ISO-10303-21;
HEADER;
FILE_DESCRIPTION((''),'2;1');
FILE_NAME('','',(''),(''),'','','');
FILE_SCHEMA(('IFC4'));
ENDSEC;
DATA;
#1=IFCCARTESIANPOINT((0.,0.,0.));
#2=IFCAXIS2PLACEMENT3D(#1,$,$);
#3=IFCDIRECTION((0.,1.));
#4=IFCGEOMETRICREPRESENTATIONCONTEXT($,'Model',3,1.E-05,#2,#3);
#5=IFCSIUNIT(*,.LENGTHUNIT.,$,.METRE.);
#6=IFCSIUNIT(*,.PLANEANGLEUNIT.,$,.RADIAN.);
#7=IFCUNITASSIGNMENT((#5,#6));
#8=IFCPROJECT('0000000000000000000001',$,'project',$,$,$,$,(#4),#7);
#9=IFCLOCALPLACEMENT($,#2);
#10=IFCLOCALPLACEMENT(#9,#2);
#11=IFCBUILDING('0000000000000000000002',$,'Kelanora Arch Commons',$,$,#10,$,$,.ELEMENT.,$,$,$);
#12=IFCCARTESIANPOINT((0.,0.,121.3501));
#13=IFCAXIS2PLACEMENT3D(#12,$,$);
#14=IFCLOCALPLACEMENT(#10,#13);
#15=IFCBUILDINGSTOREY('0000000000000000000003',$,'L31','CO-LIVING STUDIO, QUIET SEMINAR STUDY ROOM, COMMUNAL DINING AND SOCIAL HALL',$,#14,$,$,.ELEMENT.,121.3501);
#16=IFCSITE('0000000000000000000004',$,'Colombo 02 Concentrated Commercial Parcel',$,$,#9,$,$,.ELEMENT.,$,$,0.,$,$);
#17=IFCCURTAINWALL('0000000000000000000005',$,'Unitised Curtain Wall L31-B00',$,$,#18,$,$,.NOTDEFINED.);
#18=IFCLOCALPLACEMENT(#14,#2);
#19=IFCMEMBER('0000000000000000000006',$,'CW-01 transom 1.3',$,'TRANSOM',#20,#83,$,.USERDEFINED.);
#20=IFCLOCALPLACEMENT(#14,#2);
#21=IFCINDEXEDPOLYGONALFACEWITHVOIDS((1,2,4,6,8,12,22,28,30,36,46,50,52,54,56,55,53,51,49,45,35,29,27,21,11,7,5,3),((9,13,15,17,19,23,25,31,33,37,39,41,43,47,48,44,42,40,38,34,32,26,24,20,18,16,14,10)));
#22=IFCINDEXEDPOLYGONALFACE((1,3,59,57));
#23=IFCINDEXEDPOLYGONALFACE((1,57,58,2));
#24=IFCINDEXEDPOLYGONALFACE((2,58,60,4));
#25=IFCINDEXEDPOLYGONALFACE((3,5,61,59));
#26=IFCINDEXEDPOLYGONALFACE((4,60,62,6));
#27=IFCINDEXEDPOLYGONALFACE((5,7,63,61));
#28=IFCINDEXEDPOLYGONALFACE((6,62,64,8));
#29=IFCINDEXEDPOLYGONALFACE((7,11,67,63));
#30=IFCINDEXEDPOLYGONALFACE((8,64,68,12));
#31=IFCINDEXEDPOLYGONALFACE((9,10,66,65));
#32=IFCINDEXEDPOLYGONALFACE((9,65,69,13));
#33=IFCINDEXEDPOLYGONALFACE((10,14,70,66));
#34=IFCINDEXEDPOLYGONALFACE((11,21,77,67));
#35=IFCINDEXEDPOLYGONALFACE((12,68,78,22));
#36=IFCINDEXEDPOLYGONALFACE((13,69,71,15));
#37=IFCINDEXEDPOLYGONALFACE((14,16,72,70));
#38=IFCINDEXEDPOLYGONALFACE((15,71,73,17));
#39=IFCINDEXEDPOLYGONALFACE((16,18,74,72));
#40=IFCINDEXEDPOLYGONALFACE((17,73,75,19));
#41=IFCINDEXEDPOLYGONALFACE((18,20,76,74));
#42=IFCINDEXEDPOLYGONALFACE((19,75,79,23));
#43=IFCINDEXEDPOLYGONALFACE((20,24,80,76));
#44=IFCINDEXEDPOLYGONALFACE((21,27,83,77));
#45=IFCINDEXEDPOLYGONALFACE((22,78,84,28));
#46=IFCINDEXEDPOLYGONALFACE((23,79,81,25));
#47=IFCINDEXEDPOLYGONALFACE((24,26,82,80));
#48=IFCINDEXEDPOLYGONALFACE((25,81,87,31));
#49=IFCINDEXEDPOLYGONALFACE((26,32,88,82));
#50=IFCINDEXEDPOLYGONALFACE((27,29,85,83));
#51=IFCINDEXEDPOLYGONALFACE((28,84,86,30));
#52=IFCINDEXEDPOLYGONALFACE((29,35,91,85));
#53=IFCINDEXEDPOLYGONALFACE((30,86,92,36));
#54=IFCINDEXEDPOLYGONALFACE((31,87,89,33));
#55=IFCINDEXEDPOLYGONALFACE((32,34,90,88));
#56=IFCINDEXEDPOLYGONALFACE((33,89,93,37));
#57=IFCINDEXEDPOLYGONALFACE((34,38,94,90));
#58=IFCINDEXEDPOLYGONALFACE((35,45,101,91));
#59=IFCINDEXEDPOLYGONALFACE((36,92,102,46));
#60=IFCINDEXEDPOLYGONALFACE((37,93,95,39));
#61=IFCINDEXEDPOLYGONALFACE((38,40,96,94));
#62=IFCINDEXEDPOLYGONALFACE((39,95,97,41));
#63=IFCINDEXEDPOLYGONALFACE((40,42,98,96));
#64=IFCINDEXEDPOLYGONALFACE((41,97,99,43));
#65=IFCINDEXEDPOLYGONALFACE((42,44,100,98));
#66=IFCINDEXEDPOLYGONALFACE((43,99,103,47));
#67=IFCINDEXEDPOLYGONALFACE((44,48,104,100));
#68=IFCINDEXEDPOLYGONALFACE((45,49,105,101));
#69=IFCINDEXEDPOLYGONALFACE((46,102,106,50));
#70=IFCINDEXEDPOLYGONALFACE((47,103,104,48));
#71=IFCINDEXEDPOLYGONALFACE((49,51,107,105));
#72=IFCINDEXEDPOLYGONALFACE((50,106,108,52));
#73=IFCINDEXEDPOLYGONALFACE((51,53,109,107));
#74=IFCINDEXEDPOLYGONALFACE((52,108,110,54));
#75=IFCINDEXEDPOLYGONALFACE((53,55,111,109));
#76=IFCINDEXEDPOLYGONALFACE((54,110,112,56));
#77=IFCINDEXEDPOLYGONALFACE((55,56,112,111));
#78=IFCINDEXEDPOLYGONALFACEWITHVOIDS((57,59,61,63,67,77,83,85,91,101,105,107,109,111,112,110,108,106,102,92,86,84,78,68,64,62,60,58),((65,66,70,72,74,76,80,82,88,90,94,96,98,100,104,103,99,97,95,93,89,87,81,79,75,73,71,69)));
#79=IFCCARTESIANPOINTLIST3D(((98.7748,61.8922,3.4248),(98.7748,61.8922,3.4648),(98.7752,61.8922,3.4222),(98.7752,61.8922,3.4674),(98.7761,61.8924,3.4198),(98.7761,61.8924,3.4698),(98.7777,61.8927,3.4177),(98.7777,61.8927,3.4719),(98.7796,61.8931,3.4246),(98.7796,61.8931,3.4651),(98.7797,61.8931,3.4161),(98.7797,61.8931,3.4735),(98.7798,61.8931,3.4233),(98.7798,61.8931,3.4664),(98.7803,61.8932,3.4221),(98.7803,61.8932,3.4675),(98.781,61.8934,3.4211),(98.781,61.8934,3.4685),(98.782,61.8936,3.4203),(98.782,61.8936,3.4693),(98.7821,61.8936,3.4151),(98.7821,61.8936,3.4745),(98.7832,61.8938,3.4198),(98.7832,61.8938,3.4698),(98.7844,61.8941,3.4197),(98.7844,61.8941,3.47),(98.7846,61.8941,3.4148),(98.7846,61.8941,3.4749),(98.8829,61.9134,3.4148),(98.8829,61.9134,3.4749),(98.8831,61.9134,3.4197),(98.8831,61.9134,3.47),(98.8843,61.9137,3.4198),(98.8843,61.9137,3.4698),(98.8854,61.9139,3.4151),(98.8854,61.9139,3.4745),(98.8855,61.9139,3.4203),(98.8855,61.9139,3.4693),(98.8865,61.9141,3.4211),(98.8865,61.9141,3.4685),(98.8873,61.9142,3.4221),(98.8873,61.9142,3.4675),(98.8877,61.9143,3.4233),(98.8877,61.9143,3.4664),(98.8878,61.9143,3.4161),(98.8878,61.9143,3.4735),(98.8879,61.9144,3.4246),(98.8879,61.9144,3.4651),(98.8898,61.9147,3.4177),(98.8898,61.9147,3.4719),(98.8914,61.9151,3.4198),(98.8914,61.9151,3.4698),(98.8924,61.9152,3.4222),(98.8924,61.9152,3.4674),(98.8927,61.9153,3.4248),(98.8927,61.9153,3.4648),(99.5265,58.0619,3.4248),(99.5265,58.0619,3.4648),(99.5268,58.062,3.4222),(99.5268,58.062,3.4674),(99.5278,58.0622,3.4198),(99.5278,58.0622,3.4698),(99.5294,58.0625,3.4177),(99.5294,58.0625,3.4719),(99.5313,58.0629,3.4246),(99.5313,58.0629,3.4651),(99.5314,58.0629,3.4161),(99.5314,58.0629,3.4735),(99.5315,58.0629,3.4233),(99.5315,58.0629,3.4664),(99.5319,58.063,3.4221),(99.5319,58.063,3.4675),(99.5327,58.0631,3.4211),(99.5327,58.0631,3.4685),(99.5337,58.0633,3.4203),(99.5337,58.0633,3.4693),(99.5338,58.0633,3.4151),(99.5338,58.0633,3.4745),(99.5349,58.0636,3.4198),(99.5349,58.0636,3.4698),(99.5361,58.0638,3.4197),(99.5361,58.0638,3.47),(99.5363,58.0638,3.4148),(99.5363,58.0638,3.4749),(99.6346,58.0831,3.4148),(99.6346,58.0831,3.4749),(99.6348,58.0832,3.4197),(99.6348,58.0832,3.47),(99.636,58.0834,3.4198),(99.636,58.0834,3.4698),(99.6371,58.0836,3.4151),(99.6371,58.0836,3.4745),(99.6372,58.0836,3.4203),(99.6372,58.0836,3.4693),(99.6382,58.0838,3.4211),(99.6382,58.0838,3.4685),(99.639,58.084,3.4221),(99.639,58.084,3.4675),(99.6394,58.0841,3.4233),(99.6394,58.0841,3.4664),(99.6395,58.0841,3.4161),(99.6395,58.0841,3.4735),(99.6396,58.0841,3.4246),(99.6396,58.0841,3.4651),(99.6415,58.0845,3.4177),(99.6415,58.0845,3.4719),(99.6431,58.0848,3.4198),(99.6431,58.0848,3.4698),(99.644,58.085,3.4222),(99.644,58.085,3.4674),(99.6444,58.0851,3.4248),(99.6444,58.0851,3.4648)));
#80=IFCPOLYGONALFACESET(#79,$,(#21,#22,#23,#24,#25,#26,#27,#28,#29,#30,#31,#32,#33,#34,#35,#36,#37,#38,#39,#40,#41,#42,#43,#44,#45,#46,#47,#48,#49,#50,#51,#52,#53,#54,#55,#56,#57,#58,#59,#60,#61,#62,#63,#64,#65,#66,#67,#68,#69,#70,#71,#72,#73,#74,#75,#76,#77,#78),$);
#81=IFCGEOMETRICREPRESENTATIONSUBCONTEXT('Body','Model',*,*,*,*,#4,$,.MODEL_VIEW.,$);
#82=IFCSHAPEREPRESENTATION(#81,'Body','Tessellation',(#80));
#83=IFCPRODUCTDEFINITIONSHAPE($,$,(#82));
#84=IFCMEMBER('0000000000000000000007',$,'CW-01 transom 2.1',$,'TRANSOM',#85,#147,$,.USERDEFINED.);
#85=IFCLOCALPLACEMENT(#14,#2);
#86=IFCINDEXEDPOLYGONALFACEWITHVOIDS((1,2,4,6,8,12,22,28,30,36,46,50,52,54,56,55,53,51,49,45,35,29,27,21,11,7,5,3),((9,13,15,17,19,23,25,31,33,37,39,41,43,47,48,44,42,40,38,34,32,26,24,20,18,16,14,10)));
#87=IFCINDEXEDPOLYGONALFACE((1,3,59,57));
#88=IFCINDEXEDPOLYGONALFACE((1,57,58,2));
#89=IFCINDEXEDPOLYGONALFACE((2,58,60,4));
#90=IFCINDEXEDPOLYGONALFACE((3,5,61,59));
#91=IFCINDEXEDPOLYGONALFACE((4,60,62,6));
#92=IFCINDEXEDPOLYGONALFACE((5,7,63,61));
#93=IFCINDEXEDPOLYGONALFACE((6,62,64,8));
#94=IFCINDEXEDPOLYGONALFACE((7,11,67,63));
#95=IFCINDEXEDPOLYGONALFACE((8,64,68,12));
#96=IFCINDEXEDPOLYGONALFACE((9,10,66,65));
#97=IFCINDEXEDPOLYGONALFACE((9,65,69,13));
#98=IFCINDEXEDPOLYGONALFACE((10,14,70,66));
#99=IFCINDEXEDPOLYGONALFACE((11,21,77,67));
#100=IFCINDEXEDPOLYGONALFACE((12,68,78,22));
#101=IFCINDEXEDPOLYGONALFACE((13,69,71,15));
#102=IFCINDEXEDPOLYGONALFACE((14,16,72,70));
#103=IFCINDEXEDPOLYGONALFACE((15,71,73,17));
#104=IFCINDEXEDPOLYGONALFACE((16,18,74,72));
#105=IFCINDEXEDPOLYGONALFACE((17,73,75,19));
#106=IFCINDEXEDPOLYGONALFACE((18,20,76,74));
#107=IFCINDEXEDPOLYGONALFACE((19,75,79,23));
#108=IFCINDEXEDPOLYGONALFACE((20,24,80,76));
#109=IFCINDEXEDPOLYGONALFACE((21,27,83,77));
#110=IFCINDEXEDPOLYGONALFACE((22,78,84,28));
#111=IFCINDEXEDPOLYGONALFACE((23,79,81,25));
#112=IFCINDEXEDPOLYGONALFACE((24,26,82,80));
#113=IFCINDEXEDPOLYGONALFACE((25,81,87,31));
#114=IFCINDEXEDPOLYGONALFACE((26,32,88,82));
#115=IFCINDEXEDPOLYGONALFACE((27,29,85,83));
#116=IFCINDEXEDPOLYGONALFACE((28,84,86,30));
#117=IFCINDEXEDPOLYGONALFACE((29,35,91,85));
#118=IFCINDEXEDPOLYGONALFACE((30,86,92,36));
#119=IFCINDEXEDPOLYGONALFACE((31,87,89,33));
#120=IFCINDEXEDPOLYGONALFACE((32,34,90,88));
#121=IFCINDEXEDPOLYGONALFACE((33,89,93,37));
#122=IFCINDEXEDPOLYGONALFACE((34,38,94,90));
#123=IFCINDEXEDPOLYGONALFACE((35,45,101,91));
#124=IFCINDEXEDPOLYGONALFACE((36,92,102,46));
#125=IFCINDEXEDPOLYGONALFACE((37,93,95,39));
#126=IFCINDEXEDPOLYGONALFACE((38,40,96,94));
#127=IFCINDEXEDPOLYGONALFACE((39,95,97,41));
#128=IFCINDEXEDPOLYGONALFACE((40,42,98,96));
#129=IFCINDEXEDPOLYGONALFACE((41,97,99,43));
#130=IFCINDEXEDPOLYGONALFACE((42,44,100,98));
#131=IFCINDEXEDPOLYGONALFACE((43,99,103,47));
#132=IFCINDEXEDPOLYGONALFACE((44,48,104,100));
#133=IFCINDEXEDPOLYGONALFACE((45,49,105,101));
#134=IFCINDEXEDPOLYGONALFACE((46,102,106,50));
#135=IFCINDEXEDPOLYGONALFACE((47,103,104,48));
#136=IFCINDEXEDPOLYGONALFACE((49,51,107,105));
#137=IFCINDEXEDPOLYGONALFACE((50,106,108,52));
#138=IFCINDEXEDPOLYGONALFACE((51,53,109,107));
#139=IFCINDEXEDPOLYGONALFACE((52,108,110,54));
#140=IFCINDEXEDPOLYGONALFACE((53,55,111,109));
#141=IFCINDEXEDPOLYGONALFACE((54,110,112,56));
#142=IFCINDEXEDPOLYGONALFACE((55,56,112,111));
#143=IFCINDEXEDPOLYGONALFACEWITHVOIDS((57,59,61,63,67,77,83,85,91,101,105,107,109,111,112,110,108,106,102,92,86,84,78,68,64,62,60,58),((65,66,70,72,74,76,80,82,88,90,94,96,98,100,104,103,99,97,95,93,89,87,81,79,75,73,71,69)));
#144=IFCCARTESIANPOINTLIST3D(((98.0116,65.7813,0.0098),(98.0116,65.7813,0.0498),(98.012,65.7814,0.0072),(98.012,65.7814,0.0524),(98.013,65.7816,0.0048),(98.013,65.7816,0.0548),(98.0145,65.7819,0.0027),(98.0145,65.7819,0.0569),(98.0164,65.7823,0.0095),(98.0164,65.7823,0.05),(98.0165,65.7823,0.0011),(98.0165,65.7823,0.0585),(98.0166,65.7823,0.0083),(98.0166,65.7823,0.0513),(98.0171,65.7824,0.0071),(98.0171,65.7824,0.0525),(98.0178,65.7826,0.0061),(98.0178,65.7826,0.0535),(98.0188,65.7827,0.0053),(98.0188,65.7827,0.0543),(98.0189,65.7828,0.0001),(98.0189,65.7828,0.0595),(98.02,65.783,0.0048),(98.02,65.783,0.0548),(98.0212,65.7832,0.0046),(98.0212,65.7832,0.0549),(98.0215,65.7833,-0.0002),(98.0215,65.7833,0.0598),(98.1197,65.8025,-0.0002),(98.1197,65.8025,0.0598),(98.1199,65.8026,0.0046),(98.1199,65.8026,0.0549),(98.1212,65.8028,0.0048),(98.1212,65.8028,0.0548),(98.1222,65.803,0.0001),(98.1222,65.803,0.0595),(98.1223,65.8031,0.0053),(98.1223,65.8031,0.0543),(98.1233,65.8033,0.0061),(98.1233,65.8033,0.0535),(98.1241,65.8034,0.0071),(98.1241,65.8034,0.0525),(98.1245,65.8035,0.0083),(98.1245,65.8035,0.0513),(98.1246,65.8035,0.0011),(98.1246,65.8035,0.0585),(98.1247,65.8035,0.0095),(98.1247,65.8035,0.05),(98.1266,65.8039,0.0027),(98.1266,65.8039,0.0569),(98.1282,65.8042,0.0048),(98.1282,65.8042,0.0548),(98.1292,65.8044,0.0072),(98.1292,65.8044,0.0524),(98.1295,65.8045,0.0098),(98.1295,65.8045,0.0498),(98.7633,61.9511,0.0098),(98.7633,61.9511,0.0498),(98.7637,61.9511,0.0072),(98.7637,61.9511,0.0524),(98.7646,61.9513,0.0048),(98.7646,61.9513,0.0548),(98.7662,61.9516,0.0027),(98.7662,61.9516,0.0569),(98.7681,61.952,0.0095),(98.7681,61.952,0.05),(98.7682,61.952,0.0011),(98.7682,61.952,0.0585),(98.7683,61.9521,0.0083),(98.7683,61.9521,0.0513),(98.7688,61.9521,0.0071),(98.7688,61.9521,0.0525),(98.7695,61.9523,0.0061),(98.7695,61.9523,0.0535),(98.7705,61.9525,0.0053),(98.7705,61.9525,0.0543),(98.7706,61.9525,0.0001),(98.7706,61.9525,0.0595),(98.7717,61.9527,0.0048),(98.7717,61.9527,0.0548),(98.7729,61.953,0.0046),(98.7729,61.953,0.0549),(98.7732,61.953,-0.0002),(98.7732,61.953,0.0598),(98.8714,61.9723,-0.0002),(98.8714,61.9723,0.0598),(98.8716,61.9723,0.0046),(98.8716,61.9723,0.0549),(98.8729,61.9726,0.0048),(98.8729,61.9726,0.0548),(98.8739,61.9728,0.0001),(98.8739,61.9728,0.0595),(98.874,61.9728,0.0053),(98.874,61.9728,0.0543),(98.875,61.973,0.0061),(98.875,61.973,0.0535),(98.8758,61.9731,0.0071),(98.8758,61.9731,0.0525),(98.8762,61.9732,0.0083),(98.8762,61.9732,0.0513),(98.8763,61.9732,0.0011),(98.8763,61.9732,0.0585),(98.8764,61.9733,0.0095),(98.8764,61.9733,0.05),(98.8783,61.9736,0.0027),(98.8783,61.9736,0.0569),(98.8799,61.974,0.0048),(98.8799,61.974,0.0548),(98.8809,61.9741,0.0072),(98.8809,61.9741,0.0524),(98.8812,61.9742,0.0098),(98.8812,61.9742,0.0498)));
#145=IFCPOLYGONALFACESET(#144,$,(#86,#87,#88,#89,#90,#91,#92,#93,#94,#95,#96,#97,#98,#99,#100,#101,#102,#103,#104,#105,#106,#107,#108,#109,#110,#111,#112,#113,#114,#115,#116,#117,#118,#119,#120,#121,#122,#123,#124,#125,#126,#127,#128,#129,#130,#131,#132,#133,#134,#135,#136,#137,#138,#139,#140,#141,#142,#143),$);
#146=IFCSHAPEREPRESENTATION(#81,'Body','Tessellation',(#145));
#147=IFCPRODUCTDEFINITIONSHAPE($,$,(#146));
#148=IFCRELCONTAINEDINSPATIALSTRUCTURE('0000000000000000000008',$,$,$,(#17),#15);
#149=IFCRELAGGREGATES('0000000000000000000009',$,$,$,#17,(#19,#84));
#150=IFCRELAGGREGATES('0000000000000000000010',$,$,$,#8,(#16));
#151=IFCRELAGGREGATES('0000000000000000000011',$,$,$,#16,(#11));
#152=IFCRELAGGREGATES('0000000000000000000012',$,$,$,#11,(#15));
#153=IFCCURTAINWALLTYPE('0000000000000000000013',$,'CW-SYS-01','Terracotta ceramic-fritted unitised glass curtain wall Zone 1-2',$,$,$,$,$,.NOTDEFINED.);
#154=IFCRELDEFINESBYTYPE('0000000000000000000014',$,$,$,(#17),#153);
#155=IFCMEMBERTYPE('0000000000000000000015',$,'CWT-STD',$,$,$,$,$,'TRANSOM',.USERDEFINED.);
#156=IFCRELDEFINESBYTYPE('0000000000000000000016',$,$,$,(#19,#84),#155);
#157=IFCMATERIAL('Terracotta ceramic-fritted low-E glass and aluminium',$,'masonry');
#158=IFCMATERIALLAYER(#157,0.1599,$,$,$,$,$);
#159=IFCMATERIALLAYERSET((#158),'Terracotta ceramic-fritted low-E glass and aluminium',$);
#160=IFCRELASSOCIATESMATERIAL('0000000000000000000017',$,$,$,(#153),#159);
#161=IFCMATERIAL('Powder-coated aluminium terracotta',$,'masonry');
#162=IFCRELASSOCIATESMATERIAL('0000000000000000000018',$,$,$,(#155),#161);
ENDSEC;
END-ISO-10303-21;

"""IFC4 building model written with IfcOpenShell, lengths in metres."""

from ifc_helpers import new_model, si_unit, direction, frame, origin, origin_2d, place, context, subcontext, project, spatial, hollow_rectangle, extrude, material, layer, layer_set, material_profile, profile_set, type_object, element, aggregate, save


model = new_model("IFC4")

# Units and contexts
model_context = context("Model", 3, precision=1e-05, world=origin(), true_north=direction((0.0, 1.0)))
body_context = subcontext(model_context, "Body", "Model", "MODEL_VIEW")
ifc_project = project(units=[si_unit("LENGTHUNIT", "METRE"), si_unit("PLANEANGLEUNIT", "RADIAN")], contexts=[model_context])

# Site, building, storey
site_placement = place(None, origin())
site = spatial("IfcSite", under=ifc_project, at=site_placement, Name="Colombo 02 Concentrated Commercial Parcel", CompositionType="ELEMENT", RefElevation=0.0)
building_placement = place(site_placement, origin())
building = spatial("IfcBuilding", under=site, at=building_placement, Name="Kelanora Arch Commons", CompositionType="ELEMENT")
storey_placement = place(building_placement, frame((0.0, 0.0, 121.3501)))
storey = spatial("IfcBuildingStorey", under=building, at=storey_placement, Name="L31", Description="CO-LIVING STUDIO, QUIET SEMINAR STUDY ROOM, COMMUNAL DINING AND SOCIAL HALL", CompositionType="ELEMENT", Elevation=121.3501)

# Curtain wall, members
ifc_material_1 = material(Name="Terracotta ceramic-fritted low-E glass and aluminium", Category="masonry")
ifc_layer_1 = layer(ifc_material_1, 0.1599)
ifc_layer_set_1 = layer_set([ifc_layer_1], Name="Terracotta ceramic-fritted low-E glass and aluminium")
curtain_wall_type = type_object("IfcCurtainWallType", Name="CW-SYS-01", Description="Terracotta ceramic-fritted unitised glass curtain wall Zone 1-2", PredefinedType="NOTDEFINED", material=ifc_layer_set_1)
curtain_wall_placement = place(storey_placement, origin())
curtain_wall = element("IfcCurtainWall", 1, at=curtain_wall_placement, inside=storey, type_object=curtain_wall_type, Name="Unitised Curtain Wall L31-B00", PredefinedType="NOTDEFINED")
ifc_material_2 = material(Name="Powder-coated aluminium terracotta", Category="masonry")
ifc_material_profile_1 = material_profile(ifc_material_2, hollow_rectangle(XDim=0.1201, YDim=0.0601, WallThickness=0.0049, InnerFilletRadius=0.0049, OuterFilletRadius=0.01, at=origin_2d()), Name="CWT120x60")
ifc_profile_set_1 = profile_set([ifc_material_profile_1], Name="Powder-coated aluminium terracotta")
member_type_1 = type_object("IfcMemberType", Name="CWT-STD", ElementType="TRANSOM", PredefinedType="USERDEFINED", material=ifc_profile_set_1)
member_1_placement = place(storey_placement, frame((99.5854, 58.0735, 3.4448), z_axis=(-0.192579, 0.981282, 0.0), x_axis=(-0.981282, -0.192579, 0.0)))
member_1 = element("IfcMember", 2, at=member_1_placement, type_object=member_type_1, Name="CW-01 transom 1.3", ObjectType="TRANSOM", PredefinedType="USERDEFINED", context=body_context, shape_type="SweptSolid", body=[
    extrude(hollow_rectangle(XDim=0.1201, YDim=0.0601, WallThickness=0.0049, InnerFilletRadius=0.0049, OuterFilletRadius=0.01, at=origin_2d()), origin(), (0.0, 0.0, 1.0), 3.9033),
])
member_2_placement = place(storey_placement, frame((98.8223, 61.9626, 0.0298), z_axis=(-0.192579, 0.981282, 0.0), x_axis=(-0.981282, -0.192579, 0.0)))
member_2 = element("IfcMember", 3, at=member_2_placement, type_object=member_type_1, Name="CW-01 transom 2.1", ObjectType="TRANSOM", PredefinedType="USERDEFINED", context=body_context, shape_type="SweptSolid", body=[
    extrude(hollow_rectangle(XDim=0.1201, YDim=0.0601, WallThickness=0.0049, InnerFilletRadius=0.0049, OuterFilletRadius=0.01, at=origin_2d()), origin(), (0.0, 0.0, 1.0), 3.9033),
])
aggregate(curtain_wall, [member_1, member_2])

save(model, "model.ifc")
